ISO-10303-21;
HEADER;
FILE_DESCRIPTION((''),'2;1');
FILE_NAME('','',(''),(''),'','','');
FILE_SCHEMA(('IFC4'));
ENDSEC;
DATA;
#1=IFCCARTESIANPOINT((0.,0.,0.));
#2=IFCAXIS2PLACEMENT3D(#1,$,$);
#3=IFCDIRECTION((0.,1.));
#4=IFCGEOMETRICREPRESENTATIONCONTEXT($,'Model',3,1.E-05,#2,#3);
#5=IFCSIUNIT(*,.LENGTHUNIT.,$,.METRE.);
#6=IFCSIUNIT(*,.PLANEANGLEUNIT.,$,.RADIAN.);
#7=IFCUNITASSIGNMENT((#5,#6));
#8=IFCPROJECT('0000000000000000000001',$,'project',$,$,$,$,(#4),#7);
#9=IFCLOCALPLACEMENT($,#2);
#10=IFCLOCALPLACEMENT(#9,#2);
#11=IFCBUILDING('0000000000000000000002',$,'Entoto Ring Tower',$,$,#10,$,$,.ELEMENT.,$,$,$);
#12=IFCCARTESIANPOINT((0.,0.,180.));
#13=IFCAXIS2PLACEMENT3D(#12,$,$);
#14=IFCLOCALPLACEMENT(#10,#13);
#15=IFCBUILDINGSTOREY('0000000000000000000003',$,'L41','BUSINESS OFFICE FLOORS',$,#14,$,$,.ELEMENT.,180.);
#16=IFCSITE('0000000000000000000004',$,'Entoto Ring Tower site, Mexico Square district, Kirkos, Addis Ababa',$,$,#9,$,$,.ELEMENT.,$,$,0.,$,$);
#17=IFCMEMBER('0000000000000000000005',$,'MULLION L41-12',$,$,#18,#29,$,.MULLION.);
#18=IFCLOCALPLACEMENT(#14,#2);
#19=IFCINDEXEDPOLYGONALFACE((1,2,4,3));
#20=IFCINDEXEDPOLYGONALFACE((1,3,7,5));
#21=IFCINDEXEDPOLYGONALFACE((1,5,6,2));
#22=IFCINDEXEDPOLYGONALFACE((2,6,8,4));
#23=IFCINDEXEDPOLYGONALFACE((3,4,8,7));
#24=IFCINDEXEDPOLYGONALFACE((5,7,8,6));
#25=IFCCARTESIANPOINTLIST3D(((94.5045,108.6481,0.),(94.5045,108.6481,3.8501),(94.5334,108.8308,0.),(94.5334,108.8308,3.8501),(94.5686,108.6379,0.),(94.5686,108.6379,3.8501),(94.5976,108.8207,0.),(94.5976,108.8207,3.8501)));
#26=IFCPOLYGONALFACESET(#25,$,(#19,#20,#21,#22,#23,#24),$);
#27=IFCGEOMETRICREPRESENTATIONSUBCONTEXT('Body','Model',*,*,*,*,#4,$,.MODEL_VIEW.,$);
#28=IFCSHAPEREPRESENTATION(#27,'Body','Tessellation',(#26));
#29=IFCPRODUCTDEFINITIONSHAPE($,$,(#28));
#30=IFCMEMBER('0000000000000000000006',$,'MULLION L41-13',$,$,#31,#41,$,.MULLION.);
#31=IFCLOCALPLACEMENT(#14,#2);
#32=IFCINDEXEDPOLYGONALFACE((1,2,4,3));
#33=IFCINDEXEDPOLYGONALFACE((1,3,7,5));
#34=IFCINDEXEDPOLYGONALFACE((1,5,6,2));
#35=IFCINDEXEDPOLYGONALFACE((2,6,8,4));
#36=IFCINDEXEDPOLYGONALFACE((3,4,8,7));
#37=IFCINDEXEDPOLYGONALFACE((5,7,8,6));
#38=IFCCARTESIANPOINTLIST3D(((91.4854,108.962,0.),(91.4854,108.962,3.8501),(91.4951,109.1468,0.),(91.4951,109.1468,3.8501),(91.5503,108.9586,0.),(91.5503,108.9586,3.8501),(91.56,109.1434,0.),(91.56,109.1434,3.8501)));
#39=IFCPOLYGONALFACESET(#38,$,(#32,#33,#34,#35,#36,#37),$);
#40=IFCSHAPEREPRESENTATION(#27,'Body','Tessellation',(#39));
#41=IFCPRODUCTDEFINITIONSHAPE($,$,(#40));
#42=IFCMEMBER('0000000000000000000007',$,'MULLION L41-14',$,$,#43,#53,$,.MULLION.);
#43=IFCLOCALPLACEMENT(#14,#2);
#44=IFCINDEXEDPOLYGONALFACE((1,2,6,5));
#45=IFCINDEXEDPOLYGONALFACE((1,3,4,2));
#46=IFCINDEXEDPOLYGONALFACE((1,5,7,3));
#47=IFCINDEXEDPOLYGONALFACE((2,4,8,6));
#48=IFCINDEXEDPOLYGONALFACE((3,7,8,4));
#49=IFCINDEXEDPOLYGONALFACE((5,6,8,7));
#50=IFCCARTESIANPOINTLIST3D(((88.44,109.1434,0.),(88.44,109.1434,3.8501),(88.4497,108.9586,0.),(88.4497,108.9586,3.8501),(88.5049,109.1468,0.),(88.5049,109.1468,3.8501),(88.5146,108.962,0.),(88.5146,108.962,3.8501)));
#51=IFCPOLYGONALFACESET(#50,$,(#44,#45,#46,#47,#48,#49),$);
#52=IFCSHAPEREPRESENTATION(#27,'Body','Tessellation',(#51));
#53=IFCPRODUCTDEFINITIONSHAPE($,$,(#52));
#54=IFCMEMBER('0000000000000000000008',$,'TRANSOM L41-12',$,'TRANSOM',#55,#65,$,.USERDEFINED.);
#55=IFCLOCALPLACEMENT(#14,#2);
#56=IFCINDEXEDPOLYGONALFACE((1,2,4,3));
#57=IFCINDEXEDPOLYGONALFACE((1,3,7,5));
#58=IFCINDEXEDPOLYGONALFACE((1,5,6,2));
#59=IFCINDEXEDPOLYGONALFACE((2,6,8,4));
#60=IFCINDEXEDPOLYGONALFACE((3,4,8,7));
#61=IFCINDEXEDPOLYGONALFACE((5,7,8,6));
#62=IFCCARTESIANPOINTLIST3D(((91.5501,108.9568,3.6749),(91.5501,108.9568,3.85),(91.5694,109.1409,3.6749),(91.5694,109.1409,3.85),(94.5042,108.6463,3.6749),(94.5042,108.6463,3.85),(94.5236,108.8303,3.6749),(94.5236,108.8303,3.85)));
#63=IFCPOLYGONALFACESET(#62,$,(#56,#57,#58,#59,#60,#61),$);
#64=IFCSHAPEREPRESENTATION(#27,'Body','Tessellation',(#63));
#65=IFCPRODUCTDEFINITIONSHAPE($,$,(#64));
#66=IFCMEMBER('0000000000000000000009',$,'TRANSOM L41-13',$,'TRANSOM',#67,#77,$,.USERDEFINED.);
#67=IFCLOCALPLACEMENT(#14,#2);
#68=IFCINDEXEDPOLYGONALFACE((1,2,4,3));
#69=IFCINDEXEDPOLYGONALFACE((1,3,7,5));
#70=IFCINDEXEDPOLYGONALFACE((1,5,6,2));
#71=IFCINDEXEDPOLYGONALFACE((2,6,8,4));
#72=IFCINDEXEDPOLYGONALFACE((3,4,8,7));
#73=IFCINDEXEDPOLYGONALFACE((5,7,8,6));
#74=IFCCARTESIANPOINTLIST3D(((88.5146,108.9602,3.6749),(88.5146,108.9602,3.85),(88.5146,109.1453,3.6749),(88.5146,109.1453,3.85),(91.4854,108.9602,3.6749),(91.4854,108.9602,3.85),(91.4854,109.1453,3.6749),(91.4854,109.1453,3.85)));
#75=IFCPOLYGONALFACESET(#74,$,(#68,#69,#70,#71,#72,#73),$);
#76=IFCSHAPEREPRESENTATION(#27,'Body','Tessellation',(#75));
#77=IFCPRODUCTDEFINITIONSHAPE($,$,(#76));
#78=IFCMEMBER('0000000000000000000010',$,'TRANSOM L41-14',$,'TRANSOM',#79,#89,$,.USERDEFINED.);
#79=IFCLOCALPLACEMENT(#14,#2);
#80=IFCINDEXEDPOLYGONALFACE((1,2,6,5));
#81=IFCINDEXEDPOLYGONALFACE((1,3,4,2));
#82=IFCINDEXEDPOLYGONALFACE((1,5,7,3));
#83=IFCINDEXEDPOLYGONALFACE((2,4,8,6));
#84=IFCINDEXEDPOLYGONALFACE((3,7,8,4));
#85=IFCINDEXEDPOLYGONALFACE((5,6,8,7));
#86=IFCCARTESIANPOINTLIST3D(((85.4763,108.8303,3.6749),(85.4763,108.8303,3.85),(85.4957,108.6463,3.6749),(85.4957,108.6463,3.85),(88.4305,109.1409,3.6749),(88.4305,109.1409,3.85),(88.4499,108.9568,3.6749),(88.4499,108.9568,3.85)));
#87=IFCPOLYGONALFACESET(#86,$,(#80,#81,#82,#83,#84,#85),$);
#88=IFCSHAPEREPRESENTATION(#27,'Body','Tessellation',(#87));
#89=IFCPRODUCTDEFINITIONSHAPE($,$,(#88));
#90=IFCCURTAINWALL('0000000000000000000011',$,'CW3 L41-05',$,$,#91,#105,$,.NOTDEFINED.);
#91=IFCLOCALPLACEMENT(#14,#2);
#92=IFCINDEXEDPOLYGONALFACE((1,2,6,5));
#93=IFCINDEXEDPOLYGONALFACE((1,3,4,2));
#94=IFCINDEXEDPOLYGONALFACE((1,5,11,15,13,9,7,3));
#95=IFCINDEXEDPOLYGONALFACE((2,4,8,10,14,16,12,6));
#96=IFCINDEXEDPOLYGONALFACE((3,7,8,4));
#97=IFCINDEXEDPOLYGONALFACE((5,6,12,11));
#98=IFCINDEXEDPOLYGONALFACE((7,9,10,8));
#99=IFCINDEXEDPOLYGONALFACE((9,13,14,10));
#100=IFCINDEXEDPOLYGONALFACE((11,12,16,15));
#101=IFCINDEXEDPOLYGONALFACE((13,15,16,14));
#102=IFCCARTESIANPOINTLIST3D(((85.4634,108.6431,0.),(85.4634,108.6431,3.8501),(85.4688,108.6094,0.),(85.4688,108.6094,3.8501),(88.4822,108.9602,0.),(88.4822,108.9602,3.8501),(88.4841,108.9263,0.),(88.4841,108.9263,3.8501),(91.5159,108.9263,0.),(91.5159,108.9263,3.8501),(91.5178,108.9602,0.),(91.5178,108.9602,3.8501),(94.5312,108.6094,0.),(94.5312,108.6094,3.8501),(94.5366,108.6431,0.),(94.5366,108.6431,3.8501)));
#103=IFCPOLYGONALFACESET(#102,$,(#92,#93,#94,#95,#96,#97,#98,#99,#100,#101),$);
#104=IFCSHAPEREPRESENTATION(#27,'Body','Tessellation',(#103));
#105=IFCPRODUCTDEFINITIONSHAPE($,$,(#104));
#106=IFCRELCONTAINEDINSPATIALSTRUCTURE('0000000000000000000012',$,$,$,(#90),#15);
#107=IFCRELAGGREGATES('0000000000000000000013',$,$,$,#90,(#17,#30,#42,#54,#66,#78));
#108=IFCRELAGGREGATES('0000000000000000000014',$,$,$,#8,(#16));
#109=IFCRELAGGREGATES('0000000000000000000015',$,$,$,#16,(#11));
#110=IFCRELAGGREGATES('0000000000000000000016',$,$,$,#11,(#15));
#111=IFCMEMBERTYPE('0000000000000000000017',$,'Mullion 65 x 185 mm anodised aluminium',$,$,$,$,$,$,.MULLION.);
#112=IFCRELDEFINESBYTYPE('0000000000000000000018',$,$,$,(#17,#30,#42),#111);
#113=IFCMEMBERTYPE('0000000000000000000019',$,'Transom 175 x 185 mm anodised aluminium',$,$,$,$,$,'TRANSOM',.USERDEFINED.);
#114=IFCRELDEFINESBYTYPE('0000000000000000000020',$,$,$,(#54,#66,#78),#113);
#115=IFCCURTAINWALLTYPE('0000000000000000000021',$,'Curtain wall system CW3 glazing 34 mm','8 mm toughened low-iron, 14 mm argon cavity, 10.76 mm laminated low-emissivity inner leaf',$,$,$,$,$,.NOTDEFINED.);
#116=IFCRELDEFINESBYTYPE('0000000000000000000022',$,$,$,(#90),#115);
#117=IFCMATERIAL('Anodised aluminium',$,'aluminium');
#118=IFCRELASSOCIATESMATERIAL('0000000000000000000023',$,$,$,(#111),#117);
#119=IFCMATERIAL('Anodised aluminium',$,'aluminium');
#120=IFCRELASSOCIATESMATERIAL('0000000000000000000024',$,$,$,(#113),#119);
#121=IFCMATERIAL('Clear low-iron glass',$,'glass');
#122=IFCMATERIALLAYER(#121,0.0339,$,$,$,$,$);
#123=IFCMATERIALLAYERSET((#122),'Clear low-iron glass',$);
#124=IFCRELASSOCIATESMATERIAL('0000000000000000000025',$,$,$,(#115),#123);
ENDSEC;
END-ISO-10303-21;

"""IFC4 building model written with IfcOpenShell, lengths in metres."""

from ifc_helpers import new_model, si_unit, direction, frame, origin, origin_2d, place, context, subcontext, project, spatial, polyline, rectangle, outline, extrude, material, layer, layer_set, material_profile, profile_set, type_object, element, aggregate, save


model = new_model("IFC4")

# Units and contexts
model_context = context("Model", 3, precision=1e-05, world=origin(), true_north=direction((0.0, 1.0)))
body_context = subcontext(model_context, "Body", "Model", "MODEL_VIEW")
ifc_project = project(units=[si_unit("LENGTHUNIT", "METRE"), si_unit("PLANEANGLEUNIT", "RADIAN")], contexts=[model_context])

# Members
ifc_material_1 = material(Name="Anodised aluminium", Category="aluminium")
ifc_material_profile_1 = material_profile(ifc_material_1, rectangle(XDim=0.0649, YDim=0.1851, at=origin_2d()), Name="Mullion 65 x 185 mm anodised aluminium")
ifc_profile_set_1 = profile_set([ifc_material_profile_1], Name="Anodised aluminium")
member_type_1 = type_object("IfcMemberType", Name="Mullion 65 x 185 mm anodised aluminium", PredefinedType="MULLION", material=ifc_profile_set_1)
site_placement = place(None, origin())
building_placement = place(site_placement, origin())
storey_placement = place(building_placement, frame((0.0, 0.0, 180.0)))
member_1_placement = place(storey_placement, frame((94.551, 108.7344, 0.0), z_axis=(0.0, 0.0, 1.0), x_axis=(-0.987688, 0.156434, 0.0)))
member_1 = element("IfcMember", 1, at=member_1_placement, type_object=member_type_1, Name="MULLION L41-12", PredefinedType="MULLION", context=body_context, shape_type="SweptSolid", body=[
    extrude(rectangle(XDim=0.0649, YDim=0.1851, at=origin_2d()), origin(), (0.0, 0.0, 1.0), 3.8501),
])
member_2_placement = place(storey_placement, frame((91.5227, 109.0527, 0.0), z_axis=(0.0, 0.0, 1.0), x_axis=(-0.99863, 0.052336, 0.0)))
member_2 = element("IfcMember", 2, at=member_2_placement, type_object=member_type_1, Name="MULLION L41-13", PredefinedType="MULLION", context=body_context, shape_type="SweptSolid", body=[
    extrude(rectangle(XDim=0.0649, YDim=0.1851, at=origin_2d()), origin(), (0.0, 0.0, 1.0), 3.8501),
])
member_3_placement = place(storey_placement, frame((88.4773, 109.0527, 0.0), z_axis=(0.0, 0.0, 1.0), x_axis=(-0.99863, -0.052336, 0.0)))
member_3 = element("IfcMember", 3, at=member_3_placement, type_object=member_type_1, Name="MULLION L41-14", PredefinedType="MULLION", context=body_context, shape_type="SweptSolid", body=[
    extrude(rectangle(XDim=0.0649, YDim=0.1851, at=origin_2d()), origin(), (0.0, 0.0, 1.0), 3.8501),
])
ifc_material_2 = material(Name="Anodised aluminium", Category="aluminium")
ifc_material_profile_2 = material_profile(ifc_material_2, rectangle(XDim=0.1851, YDim=0.175, at=origin_2d()), Name="Transom 175 x 185 mm anodised aluminium")
ifc_profile_set_2 = profile_set([ifc_material_profile_2], Name="Anodised aluminium")
member_type_2 = type_object("IfcMemberType", Name="Transom 175 x 185 mm anodised aluminium", ElementType="TRANSOM", PredefinedType="USERDEFINED", material=ifc_profile_set_2)
member_4_placement = place(storey_placement, frame((94.5139, 108.7383, 3.7625), z_axis=(-0.99452, 0.104548, 0.0), x_axis=(-0.104548, -0.99452, 0.0)))
member_4 = element("IfcMember", 4, at=member_4_placement, type_object=member_type_2, Name="TRANSOM L41-12", ObjectType="TRANSOM", PredefinedType="USERDEFINED", context=body_context, shape_type="SweptSolid", body=[
    extrude(rectangle(XDim=0.1851, YDim=0.175, at=origin_2d()), origin(), (0.0, 0.0, 1.0), 2.9705),
])
member_5_placement = place(storey_placement, frame((91.4854, 109.0527, 3.7625), z_axis=(-1.0, 0.0, 0.0), x_axis=(0.0, -1.0, 0.0)))
member_5 = element("IfcMember", 5, at=member_5_placement, type_object=member_type_2, Name="TRANSOM L41-13", ObjectType="TRANSOM", PredefinedType="USERDEFINED", context=body_context, shape_type="SweptSolid", body=[
    extrude(rectangle(XDim=0.1851, YDim=0.175, at=origin_2d()), origin(), (0.0, 0.0, 1.0), 2.9707),
])
member_6_placement = place(storey_placement, frame((88.4402, 109.0488, 3.7625), z_axis=(-0.99452, -0.104548, 0.0), x_axis=(0.104548, -0.99452, 0.0)))
member_6 = element("IfcMember", 6, at=member_6_placement, type_object=member_type_2, Name="TRANSOM L41-14", ObjectType="TRANSOM", PredefinedType="USERDEFINED", context=body_context, shape_type="SweptSolid", body=[
    extrude(rectangle(XDim=0.1851, YDim=0.175, at=origin_2d()), origin(), (0.0, 0.0, 1.0), 2.9705),
])

# Site, building, storey
site = spatial("IfcSite", under=ifc_project, at=site_placement, Name="Entoto Ring Tower site, Mexico Square district, Kirkos, Addis Ababa", CompositionType="ELEMENT", RefElevation=0.0)
building = spatial("IfcBuilding", under=site, at=building_placement, Name="Entoto Ring Tower", CompositionType="ELEMENT")
storey = spatial("IfcBuildingStorey", under=building, at=storey_placement, Name="L41", Description="BUSINESS OFFICE FLOORS", CompositionType="ELEMENT", Elevation=180.0)

# Curtain wall
ifc_material_3 = material(Name="Clear low-iron glass", Category="glass")
ifc_layer = layer(ifc_material_3, 0.0339)
ifc_layer_set = layer_set([ifc_layer], Name="Clear low-iron glass")
curtain_wall_type = type_object("IfcCurtainWallType", Name="Curtain wall system CW3 glazing 34 mm", Description="8 mm toughened low-iron, 14 mm argon cavity, 10.76 mm laminated low-emissivity inner leaf", PredefinedType="NOTDEFINED", material=ifc_layer_set)
curtain_wall_1_placement = place(storey_placement, origin())
curtain_wall_1 = element("IfcCurtainWall", 7, at=curtain_wall_1_placement, inside=storey, type_object=curtain_wall_type, Name="CW3 L41-05", PredefinedType="NOTDEFINED", context=body_context, shape_type="SweptSolid", body=[
    extrude(outline(polyline([(94.5366, 108.6431), (91.5178, 108.9602), (88.4822, 108.9602), (85.4634, 108.6431), (85.4688, 108.6094), (88.4841, 108.9263), (91.5159, 108.9263), (94.5312, 108.6094), (94.5366, 108.6431)])), origin(), (0.0, 0.0, 1.0), 3.8501),
])
aggregate(curtain_wall_1, [member_1, member_2, member_3, member_4, member_5, member_6])

save(model, "model.ifc")
